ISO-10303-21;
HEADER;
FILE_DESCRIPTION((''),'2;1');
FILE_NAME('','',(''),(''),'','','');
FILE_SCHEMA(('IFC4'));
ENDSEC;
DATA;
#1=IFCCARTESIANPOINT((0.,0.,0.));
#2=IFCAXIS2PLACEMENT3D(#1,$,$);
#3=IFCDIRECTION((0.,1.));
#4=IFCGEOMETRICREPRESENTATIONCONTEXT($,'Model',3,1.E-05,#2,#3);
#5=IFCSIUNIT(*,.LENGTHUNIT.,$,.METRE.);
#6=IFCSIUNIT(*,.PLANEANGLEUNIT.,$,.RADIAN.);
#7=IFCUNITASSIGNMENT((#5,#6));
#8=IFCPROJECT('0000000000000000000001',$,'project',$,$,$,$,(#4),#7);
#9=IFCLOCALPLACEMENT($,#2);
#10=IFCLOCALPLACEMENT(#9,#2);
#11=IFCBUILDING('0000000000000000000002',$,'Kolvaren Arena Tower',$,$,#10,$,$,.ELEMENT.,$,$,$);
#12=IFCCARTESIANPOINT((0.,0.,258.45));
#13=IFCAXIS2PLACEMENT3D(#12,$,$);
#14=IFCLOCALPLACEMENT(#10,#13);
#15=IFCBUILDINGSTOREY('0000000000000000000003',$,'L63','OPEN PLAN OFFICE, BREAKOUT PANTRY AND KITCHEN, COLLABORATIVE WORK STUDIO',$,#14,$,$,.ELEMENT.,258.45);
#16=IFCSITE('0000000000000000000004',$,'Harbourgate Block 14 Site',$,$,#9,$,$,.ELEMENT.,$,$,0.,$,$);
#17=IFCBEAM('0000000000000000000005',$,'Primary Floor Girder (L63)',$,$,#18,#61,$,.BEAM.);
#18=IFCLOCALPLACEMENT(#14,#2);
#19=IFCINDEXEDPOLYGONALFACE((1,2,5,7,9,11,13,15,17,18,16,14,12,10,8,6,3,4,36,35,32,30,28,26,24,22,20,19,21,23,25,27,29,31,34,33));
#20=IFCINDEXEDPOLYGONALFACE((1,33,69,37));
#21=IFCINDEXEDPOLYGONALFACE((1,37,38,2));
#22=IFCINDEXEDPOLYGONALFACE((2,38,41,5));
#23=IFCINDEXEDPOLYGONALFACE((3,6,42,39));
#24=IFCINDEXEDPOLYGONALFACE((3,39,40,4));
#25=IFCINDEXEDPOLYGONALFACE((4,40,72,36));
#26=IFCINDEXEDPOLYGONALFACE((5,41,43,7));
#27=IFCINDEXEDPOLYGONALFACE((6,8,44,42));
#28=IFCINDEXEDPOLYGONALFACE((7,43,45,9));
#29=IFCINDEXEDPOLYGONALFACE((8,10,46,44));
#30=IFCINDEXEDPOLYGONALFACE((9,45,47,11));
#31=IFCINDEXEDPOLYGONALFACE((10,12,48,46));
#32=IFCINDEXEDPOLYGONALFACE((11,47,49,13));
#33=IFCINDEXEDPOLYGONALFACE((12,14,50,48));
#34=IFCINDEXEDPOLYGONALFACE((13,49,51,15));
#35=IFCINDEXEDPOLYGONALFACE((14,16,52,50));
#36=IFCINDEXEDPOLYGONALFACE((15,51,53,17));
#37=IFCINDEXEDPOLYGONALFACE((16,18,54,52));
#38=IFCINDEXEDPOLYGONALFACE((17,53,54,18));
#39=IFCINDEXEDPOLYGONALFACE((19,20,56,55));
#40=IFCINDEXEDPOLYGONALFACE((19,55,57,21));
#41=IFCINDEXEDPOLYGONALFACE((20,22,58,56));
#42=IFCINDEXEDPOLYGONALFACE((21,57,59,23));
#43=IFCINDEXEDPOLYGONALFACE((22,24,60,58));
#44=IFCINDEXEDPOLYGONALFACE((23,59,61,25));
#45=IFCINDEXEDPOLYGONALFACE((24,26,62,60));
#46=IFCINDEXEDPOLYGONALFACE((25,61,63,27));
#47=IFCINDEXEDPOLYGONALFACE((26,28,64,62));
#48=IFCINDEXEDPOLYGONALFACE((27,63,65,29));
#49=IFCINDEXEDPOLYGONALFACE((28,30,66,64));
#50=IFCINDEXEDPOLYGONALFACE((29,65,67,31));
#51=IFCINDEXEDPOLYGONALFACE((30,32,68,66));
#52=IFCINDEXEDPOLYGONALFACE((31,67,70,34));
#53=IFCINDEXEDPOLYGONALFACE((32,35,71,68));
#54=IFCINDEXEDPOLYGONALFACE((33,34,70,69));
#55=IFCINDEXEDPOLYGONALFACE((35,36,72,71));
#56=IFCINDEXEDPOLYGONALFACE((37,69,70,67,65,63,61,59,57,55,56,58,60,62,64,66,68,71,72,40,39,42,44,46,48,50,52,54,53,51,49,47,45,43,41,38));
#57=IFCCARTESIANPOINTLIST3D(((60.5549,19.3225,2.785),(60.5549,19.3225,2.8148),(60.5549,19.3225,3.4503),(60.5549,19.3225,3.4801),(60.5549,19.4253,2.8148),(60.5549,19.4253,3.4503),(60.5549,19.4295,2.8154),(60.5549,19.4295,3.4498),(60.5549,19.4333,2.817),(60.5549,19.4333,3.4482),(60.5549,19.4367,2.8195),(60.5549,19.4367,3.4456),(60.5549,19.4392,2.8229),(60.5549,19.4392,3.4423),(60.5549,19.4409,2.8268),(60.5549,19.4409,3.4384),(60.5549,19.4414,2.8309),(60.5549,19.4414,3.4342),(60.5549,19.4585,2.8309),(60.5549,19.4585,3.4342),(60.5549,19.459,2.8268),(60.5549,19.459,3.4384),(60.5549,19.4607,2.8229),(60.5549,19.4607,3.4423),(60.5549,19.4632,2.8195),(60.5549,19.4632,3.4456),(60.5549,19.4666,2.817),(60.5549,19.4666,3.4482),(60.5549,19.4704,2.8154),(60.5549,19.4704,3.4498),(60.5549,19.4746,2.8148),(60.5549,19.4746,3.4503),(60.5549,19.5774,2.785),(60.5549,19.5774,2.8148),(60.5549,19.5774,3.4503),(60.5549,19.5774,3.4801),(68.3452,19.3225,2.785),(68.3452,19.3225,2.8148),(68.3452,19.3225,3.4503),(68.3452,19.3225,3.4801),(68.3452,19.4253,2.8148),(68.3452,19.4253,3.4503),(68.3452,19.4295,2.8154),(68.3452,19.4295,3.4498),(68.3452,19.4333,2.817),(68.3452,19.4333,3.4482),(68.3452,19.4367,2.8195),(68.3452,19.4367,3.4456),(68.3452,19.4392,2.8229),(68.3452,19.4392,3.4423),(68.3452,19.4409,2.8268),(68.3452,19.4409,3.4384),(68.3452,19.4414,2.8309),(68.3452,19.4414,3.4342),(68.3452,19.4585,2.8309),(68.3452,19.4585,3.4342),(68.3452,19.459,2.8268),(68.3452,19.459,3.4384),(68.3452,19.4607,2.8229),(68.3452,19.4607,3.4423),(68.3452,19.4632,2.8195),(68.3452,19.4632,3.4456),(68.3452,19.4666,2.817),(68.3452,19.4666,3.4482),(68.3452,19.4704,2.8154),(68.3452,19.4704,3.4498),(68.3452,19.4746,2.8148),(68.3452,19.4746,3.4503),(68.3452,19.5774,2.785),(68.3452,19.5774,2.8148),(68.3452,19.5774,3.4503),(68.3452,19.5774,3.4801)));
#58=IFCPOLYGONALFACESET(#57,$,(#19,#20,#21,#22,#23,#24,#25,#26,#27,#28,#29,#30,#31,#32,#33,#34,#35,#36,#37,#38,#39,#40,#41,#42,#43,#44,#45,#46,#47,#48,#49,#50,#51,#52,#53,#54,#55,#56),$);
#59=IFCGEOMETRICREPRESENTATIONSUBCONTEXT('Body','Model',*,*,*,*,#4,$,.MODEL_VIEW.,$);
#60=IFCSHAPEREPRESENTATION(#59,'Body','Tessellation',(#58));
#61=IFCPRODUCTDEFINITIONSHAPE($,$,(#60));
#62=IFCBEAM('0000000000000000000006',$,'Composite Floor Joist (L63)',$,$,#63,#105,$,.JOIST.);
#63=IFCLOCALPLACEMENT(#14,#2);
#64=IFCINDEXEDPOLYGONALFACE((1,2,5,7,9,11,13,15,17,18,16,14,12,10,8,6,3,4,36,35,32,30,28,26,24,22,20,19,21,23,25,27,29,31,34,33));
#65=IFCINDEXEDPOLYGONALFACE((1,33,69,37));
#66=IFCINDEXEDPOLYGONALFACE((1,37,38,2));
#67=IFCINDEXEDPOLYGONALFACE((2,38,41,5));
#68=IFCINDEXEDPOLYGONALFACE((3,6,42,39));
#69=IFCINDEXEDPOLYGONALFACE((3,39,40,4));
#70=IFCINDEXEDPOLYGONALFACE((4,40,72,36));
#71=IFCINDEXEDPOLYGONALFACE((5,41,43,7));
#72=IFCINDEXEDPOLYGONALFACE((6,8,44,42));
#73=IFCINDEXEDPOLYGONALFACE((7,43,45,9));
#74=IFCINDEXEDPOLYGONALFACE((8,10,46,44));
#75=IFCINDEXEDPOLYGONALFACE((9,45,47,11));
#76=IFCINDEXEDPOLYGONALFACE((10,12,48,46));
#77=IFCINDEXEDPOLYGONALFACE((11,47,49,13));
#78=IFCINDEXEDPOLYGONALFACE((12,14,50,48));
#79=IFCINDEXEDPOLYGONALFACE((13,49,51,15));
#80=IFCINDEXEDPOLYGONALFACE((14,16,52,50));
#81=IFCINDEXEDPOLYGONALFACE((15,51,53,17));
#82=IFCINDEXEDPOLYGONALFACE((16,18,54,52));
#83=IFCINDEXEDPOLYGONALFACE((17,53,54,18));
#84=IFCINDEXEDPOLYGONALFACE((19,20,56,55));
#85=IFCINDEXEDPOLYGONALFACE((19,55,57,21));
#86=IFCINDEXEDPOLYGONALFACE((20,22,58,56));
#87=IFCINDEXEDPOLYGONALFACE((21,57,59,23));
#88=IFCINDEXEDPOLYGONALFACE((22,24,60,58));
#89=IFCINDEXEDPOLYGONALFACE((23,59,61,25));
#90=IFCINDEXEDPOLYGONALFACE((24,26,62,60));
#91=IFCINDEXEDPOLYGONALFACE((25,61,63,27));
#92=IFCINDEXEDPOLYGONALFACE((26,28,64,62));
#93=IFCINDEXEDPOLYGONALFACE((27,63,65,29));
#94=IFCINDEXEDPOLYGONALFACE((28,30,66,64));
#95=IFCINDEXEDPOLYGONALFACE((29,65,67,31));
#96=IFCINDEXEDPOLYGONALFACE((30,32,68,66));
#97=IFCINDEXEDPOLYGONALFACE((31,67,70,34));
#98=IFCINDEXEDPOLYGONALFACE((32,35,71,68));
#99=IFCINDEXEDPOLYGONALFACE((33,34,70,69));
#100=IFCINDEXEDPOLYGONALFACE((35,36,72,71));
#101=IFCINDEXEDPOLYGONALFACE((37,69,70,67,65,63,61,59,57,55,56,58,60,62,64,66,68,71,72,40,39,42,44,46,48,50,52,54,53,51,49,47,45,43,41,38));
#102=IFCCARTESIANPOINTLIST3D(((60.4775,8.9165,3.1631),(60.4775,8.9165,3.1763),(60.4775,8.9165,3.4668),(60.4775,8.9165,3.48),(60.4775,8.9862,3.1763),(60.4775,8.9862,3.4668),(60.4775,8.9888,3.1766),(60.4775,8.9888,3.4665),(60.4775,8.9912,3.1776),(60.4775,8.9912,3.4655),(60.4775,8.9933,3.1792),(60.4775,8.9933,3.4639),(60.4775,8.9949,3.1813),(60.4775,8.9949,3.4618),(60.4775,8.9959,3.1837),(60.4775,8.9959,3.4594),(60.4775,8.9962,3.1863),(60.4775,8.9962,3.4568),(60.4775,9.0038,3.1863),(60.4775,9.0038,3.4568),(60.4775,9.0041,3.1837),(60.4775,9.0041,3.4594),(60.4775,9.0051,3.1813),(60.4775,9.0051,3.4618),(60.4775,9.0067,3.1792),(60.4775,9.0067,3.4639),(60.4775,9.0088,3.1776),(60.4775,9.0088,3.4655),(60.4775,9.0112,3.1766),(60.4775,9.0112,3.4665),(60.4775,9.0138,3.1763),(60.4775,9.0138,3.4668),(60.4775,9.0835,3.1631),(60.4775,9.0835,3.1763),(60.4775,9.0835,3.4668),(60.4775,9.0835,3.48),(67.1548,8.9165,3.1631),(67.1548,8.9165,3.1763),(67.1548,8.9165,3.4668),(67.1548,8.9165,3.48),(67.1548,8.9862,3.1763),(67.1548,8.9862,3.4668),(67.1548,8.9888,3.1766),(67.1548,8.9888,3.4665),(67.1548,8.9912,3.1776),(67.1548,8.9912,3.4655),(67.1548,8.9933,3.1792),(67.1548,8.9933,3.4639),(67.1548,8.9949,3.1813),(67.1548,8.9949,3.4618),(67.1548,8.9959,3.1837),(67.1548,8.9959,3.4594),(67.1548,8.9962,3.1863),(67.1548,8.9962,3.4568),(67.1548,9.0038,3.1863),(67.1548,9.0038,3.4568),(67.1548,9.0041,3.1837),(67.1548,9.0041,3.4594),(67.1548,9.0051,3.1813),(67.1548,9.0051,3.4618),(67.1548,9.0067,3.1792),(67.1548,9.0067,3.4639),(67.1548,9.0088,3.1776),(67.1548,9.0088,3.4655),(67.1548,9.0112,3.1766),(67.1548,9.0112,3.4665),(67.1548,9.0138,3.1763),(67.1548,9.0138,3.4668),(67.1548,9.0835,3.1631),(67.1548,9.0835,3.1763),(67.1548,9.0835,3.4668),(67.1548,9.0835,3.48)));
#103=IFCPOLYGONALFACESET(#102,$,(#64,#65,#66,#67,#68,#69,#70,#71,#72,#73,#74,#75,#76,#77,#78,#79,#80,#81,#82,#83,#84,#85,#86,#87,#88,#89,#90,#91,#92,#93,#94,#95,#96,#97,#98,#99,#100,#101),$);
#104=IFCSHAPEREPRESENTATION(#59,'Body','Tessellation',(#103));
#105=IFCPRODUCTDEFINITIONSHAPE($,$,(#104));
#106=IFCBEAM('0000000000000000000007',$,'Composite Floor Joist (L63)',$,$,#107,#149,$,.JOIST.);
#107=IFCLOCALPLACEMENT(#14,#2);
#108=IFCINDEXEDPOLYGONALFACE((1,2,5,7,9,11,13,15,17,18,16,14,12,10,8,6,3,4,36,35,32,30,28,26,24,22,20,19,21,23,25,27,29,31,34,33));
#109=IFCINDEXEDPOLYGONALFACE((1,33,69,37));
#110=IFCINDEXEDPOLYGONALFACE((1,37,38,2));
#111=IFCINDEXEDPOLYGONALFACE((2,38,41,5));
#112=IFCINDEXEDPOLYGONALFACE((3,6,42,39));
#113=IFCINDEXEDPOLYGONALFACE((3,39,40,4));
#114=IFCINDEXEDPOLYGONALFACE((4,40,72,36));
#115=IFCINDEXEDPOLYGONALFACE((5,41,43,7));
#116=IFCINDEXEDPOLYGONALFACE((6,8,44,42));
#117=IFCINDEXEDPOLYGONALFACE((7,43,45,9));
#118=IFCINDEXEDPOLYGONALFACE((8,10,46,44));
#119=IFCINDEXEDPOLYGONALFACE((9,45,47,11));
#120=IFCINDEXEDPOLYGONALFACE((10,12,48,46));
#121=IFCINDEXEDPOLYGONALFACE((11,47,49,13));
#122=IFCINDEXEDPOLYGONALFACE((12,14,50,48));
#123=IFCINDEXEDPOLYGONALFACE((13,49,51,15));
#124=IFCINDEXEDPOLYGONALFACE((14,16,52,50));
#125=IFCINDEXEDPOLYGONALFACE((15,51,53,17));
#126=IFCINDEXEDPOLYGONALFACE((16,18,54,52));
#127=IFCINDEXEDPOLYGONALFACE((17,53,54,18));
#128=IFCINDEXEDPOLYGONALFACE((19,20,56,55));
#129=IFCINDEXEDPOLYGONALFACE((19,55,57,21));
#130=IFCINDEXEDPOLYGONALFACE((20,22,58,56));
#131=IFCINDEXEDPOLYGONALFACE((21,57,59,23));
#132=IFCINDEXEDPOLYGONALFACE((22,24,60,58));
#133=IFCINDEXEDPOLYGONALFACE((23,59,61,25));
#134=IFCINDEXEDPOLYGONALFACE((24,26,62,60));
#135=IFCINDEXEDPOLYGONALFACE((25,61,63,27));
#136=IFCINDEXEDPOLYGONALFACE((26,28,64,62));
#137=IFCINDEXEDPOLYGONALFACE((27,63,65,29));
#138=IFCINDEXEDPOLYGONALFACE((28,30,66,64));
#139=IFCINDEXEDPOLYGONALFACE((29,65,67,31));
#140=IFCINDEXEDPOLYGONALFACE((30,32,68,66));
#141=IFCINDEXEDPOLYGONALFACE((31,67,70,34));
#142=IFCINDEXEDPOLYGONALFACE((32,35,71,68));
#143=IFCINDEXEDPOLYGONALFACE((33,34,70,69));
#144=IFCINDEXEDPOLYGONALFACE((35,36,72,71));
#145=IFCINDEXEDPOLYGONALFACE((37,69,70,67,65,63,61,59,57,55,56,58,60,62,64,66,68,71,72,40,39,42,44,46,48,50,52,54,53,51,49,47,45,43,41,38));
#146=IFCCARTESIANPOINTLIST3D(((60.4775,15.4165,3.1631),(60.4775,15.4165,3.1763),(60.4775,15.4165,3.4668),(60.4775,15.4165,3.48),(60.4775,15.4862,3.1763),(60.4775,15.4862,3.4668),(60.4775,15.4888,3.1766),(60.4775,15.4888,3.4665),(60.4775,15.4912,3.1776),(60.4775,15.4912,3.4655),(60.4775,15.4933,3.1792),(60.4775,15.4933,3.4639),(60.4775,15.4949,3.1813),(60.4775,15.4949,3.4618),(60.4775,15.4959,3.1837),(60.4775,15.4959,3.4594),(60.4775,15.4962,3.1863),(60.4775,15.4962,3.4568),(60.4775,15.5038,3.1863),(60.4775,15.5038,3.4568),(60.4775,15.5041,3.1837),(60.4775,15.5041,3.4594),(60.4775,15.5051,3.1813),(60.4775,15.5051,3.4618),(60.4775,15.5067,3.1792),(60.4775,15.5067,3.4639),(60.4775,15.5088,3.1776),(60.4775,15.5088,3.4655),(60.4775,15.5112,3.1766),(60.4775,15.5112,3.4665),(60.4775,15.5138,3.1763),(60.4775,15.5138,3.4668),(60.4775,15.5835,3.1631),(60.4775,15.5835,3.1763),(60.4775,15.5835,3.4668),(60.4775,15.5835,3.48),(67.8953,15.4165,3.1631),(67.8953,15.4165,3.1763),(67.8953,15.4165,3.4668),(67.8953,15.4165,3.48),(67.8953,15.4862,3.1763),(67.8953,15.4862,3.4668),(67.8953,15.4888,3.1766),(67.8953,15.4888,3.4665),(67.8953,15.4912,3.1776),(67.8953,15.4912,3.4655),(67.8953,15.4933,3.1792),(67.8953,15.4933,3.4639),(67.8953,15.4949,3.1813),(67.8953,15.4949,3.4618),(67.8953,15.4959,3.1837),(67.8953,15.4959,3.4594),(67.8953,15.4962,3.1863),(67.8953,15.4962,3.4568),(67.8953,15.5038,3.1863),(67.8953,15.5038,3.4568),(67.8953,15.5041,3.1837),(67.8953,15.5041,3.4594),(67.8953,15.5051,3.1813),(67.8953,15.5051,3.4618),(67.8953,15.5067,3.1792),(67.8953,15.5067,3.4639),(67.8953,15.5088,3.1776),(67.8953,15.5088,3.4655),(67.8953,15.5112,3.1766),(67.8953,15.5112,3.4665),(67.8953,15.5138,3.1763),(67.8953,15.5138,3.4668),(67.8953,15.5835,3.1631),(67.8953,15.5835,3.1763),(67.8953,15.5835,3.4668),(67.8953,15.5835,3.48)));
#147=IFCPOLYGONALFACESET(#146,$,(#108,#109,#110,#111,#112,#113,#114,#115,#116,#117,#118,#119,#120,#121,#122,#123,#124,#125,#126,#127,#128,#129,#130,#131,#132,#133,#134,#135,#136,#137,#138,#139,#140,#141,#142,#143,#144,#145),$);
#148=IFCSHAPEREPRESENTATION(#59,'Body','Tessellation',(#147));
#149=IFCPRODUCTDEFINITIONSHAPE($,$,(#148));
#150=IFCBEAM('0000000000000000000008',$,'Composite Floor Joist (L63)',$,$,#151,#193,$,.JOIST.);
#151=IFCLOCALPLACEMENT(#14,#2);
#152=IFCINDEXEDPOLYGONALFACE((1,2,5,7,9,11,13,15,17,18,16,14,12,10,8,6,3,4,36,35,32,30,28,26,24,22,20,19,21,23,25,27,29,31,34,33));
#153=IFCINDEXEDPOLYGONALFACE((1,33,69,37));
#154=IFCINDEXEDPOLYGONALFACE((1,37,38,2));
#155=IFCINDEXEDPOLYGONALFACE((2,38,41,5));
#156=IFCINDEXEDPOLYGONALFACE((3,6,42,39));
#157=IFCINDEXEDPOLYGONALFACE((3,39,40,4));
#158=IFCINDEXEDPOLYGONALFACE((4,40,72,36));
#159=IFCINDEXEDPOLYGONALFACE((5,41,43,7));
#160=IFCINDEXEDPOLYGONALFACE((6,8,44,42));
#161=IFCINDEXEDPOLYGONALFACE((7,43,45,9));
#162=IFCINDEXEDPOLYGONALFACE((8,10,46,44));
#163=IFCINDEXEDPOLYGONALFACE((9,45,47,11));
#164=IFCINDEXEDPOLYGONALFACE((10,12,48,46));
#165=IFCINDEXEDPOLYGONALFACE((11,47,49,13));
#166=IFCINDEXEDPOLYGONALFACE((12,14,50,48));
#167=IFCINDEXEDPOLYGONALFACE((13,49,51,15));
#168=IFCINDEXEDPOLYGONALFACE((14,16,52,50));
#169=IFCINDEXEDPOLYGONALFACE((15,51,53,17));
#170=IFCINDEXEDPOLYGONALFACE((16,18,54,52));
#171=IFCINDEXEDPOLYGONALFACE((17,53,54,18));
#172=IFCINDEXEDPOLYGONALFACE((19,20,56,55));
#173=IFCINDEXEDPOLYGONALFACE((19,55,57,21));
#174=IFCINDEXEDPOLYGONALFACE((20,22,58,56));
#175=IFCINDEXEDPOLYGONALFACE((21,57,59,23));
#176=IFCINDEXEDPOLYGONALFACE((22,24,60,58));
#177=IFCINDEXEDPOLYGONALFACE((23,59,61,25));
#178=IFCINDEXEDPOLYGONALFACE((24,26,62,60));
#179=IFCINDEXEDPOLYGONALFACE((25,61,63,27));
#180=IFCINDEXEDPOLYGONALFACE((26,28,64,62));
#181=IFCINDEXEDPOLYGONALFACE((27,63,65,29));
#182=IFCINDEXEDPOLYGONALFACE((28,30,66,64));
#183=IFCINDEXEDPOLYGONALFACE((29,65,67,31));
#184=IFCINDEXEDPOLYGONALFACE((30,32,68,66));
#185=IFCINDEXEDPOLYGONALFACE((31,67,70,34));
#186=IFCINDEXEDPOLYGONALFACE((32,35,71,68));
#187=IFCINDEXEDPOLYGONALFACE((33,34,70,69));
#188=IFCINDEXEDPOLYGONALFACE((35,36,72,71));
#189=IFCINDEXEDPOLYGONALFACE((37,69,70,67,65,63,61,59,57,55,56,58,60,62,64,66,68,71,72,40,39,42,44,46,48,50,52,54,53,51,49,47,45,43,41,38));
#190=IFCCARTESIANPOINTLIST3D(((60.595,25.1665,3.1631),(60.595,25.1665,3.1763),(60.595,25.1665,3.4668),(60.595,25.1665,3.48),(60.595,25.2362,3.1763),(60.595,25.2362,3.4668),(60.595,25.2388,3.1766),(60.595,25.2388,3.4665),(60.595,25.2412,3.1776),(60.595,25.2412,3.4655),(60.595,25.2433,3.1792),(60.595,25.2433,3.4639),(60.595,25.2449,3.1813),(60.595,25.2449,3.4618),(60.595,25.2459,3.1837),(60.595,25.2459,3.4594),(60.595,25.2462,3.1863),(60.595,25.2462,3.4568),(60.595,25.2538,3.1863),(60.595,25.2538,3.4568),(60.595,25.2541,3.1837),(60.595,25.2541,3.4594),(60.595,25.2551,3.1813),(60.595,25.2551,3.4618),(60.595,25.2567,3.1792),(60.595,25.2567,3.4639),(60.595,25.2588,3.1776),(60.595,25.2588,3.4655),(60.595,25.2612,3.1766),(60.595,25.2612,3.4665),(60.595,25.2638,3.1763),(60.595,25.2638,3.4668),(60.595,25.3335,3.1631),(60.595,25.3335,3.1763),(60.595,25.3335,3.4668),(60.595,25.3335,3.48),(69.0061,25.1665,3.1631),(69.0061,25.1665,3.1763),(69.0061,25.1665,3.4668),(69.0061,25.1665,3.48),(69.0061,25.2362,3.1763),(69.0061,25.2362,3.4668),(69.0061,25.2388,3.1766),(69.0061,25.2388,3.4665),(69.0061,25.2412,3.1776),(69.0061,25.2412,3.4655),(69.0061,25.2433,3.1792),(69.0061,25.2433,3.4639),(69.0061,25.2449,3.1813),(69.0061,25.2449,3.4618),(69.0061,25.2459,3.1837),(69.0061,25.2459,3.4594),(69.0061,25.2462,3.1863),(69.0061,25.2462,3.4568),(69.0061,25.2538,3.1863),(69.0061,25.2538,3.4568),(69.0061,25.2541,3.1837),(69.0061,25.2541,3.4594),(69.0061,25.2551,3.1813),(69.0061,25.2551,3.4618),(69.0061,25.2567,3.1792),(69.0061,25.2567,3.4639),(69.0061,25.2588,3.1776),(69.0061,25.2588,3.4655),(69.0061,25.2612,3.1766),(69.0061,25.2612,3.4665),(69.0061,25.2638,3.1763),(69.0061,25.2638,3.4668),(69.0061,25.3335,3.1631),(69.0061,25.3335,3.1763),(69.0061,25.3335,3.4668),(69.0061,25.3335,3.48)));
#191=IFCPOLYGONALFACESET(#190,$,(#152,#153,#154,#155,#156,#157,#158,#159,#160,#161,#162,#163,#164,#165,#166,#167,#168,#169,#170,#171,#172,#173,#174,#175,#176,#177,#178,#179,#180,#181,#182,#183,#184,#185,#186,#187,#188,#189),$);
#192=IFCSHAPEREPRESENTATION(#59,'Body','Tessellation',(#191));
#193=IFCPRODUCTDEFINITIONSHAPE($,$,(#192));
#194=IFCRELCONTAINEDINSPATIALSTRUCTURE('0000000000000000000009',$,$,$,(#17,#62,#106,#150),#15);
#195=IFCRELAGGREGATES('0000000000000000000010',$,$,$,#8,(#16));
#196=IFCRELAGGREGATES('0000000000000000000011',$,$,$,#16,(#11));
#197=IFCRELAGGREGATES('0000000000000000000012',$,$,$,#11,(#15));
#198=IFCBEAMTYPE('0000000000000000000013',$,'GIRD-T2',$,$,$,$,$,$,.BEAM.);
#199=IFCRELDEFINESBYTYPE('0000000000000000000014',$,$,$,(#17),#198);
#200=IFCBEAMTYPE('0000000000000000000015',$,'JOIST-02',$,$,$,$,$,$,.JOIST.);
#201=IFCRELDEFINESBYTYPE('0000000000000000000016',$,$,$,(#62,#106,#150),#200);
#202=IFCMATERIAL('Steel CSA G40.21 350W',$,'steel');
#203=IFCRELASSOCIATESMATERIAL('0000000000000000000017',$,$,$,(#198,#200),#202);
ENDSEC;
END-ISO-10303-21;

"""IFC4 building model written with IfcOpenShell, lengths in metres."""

from ifc_helpers import new_model, si_unit, direction, frame, origin, origin_2d, place, context, subcontext, project, spatial, i_section, extrude, material, material_profile, profile_set, type_object, element, save


model = new_model("IFC4")

# Units and contexts
model_context = context("Model", 3, precision=1e-05, world=origin(), true_north=direction((0.0, 1.0)))
body_context = subcontext(model_context, "Body", "Model", "MODEL_VIEW")
ifc_project = project(units=[si_unit("LENGTHUNIT", "METRE"), si_unit("PLANEANGLEUNIT", "RADIAN")], contexts=[model_context])

# Site, building, storey
site_placement = place(None, origin())
site = spatial("IfcSite", under=ifc_project, at=site_placement, Name="Harbourgate Block 14 Site", CompositionType="ELEMENT", RefElevation=0.0)
building_placement = place(site_placement, origin())
building = spatial("IfcBuilding", under=site, at=building_placement, Name="Kolvaren Arena Tower", CompositionType="ELEMENT")
storey_placement = place(building_placement, frame((0.0, 0.0, 258.45)))
storey = spatial("IfcBuildingStorey", under=building, at=storey_placement, Name="L63", Description="OPEN PLAN OFFICE, BREAKOUT PANTRY AND KITCHEN, COLLABORATIVE WORK STUDIO", CompositionType="ELEMENT", Elevation=258.45)

# Beams
ifc_material_1 = material(Name="Steel CSA G40.21 350W", Category="steel")
ifc_material_profile_1 = material_profile(ifc_material_1, i_section(OverallWidth=0.2549, OverallDepth=0.6951, WebThickness=0.0171, FlangeThickness=0.0298, FilletRadius=0.0161, at=origin_2d()), Name="W690x217")
ifc_profile_set_1 = profile_set([ifc_material_profile_1], Name="Steel CSA G40.21 350W")
beam_type_1 = type_object("IfcBeamType", Name="GIRD-T2", PredefinedType="BEAM", material=ifc_profile_set_1)
beam_1_placement = place(storey_placement, frame((60.5549, 19.45, 3.1326), z_axis=(1.0, 0.0, 0.0), x_axis=(0.0, 1.0, 0.0)))
element("IfcBeam", 1, at=beam_1_placement, inside=storey, type_object=beam_type_1, Name="Primary Floor Girder (L63)", PredefinedType="BEAM", context=body_context, shape_type="SweptSolid", body=[
    extrude(i_section(OverallWidth=0.2549, OverallDepth=0.6951, WebThickness=0.0171, FlangeThickness=0.0298, FilletRadius=0.0161, at=origin_2d()), origin(), (0.0, 0.0, 1.0), 7.7903),
])
ifc_material_profile_2 = material_profile(ifc_material_1, i_section(OverallWidth=0.167, OverallDepth=0.3169, WebThickness=0.0076, FlangeThickness=0.0132, FilletRadius=0.01, at=origin_2d()), Name="W310x52")
ifc_profile_set_2 = profile_set([ifc_material_profile_2], Name="Steel CSA G40.21 350W")
beam_type_2 = type_object("IfcBeamType", Name="JOIST-02", PredefinedType="JOIST", material=ifc_profile_set_2)
beam_2_placement = place(storey_placement, frame((60.4775, 9.0, 3.3215), z_axis=(1.0, 0.0, 0.0), x_axis=(0.0, 1.0, 0.0)))
element("IfcBeam", 2, at=beam_2_placement, inside=storey, type_object=beam_type_2, Name="Composite Floor Joist (L63)", PredefinedType="JOIST", context=body_context, shape_type="SweptSolid", body=[
    extrude(i_section(OverallWidth=0.167, OverallDepth=0.3169, WebThickness=0.0076, FlangeThickness=0.0132, FilletRadius=0.01, at=origin_2d()), origin(), (0.0, 0.0, 1.0), 6.6772),
])
beam_3_placement = place(storey_placement, frame((60.4775, 15.5, 3.3215), z_axis=(1.0, 0.0, 0.0), x_axis=(0.0, 1.0, 0.0)))
element("IfcBeam", 3, at=beam_3_placement, inside=storey, type_object=beam_type_2, Name="Composite Floor Joist (L63)", PredefinedType="JOIST", context=body_context, shape_type="SweptSolid", body=[
    extrude(i_section(OverallWidth=0.167, OverallDepth=0.3169, WebThickness=0.0076, FlangeThickness=0.0132, FilletRadius=0.01, at=origin_2d()), origin(), (0.0, 0.0, 1.0), 7.4177),
])
beam_4_placement = place(storey_placement, frame((60.595, 25.25, 3.3215), z_axis=(1.0, 0.0, 0.0), x_axis=(0.0, 1.0, 0.0)))
element("IfcBeam", 4, at=beam_4_placement, inside=storey, type_object=beam_type_2, Name="Composite Floor Joist (L63)", PredefinedType="JOIST", context=body_context, shape_type="SweptSolid", body=[
    extrude(i_section(OverallWidth=0.167, OverallDepth=0.3169, WebThickness=0.0076, FlangeThickness=0.0132, FilletRadius=0.01, at=origin_2d()), origin(), (0.0, 0.0, 1.0), 8.4111),
])

save(model, "model.ifc")
